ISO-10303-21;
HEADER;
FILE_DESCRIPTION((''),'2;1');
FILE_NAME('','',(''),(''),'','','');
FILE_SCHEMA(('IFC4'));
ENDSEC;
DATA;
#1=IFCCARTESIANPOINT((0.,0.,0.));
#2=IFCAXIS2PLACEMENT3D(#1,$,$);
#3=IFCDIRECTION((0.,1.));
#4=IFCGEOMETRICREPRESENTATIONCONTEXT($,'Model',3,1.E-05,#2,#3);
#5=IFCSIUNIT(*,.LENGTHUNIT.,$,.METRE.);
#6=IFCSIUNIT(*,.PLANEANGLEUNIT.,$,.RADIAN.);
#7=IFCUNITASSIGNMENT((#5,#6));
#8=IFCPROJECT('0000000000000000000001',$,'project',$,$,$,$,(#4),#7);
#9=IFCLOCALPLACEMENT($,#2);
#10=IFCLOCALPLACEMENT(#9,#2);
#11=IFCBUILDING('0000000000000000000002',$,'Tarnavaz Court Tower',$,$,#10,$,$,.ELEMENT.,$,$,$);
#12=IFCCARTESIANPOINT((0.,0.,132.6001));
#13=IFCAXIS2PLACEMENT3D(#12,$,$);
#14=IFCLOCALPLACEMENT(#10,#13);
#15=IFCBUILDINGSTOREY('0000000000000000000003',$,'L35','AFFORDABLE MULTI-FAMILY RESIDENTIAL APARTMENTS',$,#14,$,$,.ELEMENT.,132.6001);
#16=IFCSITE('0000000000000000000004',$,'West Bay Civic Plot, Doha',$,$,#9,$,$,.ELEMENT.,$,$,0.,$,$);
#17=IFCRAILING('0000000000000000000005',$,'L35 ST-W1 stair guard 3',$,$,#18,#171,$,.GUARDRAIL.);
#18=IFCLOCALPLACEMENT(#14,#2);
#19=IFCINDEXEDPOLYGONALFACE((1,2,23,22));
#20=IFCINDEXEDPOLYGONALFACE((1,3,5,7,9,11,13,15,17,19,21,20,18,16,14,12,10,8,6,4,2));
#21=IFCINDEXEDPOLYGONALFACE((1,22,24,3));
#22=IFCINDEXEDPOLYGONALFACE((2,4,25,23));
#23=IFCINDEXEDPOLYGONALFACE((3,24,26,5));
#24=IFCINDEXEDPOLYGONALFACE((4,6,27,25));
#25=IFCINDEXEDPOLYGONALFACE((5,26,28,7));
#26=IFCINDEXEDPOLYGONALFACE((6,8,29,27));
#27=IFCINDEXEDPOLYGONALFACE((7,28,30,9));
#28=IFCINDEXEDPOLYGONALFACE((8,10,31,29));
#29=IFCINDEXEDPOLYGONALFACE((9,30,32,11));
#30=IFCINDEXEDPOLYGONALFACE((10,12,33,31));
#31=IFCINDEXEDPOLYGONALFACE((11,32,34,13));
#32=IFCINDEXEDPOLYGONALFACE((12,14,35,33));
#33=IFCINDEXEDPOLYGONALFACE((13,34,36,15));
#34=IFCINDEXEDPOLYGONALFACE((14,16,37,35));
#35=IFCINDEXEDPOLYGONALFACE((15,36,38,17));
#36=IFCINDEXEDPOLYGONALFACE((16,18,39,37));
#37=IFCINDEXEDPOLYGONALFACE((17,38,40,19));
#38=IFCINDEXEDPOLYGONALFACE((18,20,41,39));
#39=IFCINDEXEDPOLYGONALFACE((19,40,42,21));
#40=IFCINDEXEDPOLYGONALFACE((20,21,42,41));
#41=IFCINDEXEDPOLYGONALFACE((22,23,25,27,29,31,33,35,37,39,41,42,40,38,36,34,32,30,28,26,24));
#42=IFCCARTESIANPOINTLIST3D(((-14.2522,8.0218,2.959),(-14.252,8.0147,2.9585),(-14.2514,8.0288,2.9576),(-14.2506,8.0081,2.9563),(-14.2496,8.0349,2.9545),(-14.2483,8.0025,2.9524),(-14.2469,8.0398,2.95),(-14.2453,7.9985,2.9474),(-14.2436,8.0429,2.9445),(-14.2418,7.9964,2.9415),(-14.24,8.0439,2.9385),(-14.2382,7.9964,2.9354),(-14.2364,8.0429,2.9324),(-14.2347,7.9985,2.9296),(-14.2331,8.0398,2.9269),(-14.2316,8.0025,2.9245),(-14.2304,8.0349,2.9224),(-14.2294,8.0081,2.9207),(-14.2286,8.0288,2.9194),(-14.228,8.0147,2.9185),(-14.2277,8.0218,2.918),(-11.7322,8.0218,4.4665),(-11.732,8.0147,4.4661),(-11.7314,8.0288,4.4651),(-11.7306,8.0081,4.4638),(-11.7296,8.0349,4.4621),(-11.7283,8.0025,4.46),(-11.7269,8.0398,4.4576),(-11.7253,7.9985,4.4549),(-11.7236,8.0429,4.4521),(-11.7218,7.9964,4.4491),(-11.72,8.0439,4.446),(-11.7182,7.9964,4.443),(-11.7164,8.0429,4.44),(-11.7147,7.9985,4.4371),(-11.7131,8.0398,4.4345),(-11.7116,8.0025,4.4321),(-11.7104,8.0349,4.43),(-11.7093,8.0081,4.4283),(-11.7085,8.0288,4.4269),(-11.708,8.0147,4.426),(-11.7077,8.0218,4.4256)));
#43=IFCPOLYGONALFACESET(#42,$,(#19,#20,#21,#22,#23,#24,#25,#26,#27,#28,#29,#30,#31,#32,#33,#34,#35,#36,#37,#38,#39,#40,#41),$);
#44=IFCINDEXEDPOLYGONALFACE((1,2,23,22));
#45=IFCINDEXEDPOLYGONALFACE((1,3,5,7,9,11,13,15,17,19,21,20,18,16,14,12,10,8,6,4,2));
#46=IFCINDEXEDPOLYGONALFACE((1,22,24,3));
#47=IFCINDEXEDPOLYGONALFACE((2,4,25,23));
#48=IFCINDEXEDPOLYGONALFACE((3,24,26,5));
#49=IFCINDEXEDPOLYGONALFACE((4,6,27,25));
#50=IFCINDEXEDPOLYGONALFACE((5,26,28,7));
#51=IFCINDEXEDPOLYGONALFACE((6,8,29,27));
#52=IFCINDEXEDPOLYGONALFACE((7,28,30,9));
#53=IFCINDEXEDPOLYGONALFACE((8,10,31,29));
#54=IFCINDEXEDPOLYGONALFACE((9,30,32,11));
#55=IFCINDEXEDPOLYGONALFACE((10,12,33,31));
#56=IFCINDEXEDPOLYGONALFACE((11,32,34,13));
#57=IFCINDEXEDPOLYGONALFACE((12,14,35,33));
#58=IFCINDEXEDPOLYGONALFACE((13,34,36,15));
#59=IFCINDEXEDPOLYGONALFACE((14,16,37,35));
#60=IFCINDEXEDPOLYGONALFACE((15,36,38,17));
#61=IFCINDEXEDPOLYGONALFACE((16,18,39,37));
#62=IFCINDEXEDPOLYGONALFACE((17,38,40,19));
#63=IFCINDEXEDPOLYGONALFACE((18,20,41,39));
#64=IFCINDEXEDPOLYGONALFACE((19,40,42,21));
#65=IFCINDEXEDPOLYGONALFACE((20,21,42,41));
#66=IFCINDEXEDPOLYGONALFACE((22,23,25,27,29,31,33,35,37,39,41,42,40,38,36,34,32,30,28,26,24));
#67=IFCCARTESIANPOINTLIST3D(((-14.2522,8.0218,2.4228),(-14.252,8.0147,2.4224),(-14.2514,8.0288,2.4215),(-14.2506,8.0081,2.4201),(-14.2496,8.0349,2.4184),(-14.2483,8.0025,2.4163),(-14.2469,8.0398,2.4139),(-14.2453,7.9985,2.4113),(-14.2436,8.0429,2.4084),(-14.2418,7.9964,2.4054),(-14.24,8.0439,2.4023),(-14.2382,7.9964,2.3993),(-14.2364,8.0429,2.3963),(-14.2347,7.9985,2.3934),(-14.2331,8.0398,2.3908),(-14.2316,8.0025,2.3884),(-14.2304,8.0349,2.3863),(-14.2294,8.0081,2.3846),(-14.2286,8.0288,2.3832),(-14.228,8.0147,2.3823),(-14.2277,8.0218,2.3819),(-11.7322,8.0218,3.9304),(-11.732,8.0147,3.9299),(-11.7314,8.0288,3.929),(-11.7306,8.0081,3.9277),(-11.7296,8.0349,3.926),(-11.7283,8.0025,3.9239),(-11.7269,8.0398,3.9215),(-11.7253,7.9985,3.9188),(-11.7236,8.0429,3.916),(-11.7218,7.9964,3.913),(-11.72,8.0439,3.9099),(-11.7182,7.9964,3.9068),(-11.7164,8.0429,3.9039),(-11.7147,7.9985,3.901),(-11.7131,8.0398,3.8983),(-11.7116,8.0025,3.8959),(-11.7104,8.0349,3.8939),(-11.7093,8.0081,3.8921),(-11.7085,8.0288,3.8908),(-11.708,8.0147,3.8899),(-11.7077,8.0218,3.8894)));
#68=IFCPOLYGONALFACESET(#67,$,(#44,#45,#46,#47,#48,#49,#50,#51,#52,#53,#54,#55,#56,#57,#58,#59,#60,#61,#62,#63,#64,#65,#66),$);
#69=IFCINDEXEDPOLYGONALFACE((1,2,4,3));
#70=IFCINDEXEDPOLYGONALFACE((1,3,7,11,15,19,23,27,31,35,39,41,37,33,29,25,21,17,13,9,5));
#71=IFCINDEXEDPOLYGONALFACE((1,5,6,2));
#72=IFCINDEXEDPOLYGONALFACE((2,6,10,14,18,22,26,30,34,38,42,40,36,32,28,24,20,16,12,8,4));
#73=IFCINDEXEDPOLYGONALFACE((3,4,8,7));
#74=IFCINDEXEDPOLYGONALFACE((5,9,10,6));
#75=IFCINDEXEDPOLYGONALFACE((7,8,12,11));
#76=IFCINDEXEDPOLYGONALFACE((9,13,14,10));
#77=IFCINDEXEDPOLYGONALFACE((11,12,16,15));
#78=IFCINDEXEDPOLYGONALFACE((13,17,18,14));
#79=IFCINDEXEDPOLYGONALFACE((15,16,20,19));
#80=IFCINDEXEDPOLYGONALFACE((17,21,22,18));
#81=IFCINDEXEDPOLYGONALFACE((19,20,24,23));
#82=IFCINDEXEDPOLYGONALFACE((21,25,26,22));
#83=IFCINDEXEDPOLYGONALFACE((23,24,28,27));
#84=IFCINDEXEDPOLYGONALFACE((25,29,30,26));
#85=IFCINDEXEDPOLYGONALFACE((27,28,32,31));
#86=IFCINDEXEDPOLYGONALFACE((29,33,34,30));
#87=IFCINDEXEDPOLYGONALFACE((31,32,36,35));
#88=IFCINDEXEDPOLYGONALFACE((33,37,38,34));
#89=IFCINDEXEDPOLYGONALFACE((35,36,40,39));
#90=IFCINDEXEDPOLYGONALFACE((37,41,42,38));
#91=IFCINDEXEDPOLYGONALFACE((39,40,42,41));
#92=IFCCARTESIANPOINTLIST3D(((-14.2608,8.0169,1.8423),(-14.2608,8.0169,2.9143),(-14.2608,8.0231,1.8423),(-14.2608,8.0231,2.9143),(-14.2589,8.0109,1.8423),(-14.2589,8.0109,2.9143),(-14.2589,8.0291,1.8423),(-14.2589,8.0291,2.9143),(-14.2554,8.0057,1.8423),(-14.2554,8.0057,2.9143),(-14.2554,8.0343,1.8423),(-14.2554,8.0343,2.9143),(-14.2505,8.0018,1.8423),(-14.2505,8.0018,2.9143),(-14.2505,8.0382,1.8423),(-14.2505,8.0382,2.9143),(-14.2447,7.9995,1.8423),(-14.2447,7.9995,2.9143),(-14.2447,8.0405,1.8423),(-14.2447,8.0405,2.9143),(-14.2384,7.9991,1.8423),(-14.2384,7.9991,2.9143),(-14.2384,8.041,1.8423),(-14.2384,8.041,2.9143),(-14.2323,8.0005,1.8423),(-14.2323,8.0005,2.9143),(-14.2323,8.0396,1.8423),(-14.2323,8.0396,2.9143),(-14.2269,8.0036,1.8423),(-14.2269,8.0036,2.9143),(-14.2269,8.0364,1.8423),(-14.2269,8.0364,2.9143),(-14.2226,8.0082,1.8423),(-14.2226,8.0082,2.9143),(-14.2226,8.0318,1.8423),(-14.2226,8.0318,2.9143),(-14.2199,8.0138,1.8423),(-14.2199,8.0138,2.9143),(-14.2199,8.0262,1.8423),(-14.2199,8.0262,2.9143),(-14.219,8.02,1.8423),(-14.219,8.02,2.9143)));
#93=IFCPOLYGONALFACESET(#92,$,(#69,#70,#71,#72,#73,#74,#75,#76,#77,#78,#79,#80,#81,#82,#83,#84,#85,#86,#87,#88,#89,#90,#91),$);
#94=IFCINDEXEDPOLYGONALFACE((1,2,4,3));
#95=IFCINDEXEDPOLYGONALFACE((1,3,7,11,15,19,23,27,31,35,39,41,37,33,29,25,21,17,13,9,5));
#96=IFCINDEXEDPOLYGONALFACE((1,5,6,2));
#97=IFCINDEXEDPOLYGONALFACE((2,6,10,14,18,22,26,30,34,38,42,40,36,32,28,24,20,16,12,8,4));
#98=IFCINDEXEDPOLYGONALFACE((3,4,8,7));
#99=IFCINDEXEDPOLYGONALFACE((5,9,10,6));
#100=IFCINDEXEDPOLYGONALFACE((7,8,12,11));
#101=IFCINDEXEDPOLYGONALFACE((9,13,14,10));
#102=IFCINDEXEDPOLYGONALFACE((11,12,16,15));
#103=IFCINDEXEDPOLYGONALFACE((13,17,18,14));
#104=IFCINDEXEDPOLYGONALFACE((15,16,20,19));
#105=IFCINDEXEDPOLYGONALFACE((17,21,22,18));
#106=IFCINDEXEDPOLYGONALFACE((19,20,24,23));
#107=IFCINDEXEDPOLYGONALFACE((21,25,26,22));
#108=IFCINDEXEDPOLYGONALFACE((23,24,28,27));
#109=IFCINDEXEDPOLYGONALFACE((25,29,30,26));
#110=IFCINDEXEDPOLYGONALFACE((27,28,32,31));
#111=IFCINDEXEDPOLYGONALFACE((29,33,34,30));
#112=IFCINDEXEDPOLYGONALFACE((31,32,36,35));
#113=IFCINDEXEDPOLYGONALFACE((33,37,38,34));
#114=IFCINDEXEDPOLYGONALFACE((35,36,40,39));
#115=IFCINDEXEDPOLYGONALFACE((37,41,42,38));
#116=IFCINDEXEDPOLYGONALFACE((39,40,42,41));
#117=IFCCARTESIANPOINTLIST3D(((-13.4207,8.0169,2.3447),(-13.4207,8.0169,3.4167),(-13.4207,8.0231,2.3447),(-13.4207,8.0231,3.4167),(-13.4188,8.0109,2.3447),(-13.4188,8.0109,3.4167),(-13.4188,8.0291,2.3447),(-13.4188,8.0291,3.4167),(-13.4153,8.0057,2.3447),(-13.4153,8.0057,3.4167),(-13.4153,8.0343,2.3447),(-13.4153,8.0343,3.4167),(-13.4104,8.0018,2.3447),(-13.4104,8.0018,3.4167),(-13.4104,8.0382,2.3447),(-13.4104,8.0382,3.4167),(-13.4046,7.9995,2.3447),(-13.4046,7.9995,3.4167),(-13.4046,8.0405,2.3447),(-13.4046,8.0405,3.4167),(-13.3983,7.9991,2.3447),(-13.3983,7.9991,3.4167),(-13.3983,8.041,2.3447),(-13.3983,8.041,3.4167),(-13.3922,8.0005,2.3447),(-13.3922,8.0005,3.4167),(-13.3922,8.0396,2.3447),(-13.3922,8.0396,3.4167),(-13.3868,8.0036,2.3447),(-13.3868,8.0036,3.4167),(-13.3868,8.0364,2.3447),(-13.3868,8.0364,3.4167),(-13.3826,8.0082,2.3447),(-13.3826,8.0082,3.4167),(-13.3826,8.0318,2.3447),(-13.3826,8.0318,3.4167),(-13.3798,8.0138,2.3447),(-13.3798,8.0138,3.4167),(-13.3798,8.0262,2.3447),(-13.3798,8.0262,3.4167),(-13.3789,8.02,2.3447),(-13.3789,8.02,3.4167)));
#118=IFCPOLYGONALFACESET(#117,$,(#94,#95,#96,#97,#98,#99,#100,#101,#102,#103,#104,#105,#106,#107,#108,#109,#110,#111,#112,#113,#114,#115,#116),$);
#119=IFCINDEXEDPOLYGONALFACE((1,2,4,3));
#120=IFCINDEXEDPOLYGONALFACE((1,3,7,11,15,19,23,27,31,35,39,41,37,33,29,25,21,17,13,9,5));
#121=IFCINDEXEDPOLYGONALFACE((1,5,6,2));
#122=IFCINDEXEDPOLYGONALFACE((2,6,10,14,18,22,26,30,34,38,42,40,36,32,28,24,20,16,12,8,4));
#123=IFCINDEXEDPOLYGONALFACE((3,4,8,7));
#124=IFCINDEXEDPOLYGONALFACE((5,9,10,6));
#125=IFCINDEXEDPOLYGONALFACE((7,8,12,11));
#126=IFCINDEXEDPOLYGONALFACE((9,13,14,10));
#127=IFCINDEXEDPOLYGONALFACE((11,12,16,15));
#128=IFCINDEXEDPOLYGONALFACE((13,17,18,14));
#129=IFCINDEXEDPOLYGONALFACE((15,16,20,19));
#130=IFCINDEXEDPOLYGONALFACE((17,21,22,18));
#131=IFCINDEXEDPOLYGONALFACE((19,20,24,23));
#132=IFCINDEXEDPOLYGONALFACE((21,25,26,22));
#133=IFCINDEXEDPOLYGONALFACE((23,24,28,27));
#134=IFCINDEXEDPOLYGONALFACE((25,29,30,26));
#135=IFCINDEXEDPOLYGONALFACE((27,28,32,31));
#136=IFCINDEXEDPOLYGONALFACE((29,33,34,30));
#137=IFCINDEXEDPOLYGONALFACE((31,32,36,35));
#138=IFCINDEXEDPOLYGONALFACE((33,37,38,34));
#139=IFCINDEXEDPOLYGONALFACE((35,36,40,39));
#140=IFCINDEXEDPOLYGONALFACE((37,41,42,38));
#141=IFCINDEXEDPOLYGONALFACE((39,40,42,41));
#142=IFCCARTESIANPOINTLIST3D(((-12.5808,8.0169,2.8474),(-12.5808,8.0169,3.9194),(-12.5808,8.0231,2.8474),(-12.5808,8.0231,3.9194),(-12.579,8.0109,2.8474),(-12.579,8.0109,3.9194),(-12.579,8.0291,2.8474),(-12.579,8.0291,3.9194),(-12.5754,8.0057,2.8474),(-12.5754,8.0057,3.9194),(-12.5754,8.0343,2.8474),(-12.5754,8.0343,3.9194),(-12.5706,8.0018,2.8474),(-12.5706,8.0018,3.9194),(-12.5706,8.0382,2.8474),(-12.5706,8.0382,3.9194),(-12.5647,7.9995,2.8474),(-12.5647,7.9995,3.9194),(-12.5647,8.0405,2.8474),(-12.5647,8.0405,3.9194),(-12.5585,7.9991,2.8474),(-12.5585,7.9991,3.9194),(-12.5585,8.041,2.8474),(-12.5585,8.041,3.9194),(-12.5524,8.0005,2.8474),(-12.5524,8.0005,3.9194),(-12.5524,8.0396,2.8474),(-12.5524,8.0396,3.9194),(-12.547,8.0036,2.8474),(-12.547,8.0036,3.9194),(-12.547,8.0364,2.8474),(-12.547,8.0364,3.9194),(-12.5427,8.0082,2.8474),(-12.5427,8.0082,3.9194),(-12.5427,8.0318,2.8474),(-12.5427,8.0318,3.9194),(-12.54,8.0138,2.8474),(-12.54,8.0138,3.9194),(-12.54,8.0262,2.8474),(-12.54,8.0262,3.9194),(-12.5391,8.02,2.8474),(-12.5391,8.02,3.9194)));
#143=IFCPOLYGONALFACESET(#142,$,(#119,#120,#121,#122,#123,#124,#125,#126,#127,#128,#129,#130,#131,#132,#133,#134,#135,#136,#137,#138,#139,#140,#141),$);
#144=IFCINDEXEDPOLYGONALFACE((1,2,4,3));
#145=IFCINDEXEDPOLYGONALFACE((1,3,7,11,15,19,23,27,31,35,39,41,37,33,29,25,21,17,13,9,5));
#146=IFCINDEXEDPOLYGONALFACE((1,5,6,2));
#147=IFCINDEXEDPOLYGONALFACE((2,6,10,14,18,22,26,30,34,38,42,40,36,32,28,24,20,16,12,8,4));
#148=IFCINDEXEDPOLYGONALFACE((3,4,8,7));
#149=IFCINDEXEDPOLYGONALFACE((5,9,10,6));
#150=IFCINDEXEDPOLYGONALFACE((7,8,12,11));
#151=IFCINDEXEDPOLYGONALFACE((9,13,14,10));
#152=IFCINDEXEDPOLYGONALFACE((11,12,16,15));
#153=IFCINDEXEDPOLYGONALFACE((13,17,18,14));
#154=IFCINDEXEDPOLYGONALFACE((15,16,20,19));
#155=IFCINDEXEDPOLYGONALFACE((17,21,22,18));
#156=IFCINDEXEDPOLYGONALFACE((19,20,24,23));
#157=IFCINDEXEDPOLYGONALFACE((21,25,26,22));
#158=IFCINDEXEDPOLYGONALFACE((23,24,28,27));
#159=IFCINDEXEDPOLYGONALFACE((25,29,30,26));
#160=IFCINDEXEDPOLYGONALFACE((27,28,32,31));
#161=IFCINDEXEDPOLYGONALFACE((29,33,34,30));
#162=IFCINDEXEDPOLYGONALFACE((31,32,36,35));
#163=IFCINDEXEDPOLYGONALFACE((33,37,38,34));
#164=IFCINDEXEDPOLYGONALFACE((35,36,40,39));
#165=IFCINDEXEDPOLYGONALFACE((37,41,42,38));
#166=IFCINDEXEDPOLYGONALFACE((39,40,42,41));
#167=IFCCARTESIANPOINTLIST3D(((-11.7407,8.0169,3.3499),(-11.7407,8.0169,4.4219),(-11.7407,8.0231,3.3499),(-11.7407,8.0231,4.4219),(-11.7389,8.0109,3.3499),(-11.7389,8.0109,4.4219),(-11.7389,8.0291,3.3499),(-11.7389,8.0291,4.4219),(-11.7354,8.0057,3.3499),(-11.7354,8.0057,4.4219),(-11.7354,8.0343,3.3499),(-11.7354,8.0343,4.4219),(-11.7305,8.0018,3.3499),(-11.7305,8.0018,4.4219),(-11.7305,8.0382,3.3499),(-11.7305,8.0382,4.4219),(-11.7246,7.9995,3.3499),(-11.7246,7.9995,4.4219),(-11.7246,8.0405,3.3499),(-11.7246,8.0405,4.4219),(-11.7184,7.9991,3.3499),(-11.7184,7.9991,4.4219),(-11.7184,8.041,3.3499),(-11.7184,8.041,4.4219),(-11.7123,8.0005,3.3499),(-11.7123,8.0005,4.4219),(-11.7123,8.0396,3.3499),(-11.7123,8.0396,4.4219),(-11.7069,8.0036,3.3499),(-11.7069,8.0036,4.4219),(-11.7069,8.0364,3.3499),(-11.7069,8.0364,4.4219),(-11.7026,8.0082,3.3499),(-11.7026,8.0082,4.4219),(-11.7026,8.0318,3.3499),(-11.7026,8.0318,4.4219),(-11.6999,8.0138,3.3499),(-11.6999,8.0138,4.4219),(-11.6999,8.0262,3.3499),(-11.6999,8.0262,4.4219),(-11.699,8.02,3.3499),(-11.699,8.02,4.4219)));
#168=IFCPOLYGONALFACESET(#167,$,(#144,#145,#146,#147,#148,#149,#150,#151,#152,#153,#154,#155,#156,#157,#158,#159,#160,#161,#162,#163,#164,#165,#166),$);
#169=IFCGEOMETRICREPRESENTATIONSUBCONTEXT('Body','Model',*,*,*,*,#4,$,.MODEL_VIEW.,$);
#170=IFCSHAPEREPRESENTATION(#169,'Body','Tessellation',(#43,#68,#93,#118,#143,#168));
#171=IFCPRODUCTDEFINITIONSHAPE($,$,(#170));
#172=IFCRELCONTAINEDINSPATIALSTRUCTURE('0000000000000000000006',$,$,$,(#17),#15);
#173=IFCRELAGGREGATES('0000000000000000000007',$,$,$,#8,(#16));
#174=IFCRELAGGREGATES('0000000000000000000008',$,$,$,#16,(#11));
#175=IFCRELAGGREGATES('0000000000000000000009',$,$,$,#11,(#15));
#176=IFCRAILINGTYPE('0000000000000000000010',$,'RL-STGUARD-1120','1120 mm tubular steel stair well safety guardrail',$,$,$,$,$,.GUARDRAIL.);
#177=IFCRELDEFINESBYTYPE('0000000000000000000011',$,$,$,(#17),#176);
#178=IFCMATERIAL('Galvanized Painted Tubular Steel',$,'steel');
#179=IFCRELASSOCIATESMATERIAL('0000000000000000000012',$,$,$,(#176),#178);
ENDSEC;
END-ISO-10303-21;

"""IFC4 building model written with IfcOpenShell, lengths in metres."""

from ifc_helpers import new_model, si_unit, direction, frame, origin, origin_2d, place, context, subcontext, project, spatial, circle, extrude, material, type_object, element, save


model = new_model("IFC4")

# Units and contexts
model_context = context("Model", 3, precision=1e-05, world=origin(), true_north=direction((0.0, 1.0)))
body_context = subcontext(model_context, "Body", "Model", "MODEL_VIEW")
ifc_project = project(units=[si_unit("LENGTHUNIT", "METRE"), si_unit("PLANEANGLEUNIT", "RADIAN")], contexts=[model_context])

# Site, building, storey
site_placement = place(None, origin())
site = spatial("IfcSite", under=ifc_project, at=site_placement, Name="West Bay Civic Plot, Doha", CompositionType="ELEMENT", RefElevation=0.0)
building_placement = place(site_placement, origin())
building = spatial("IfcBuilding", under=site, at=building_placement, Name="Tarnavaz Court Tower", CompositionType="ELEMENT")
storey_placement = place(building_placement, frame((0.0, 0.0, 132.6001)))
storey = spatial("IfcBuildingStorey", under=building, at=storey_placement, Name="L35", Description="AFFORDABLE MULTI-FAMILY RESIDENTIAL APARTMENTS", CompositionType="ELEMENT", Elevation=132.6001)

# Railing
ifc_material_1 = material(Name="Galvanized Painted Tubular Steel", Category="steel")
railing_type_1 = type_object("IfcRailingType", Name="RL-STGUARD-1120", Description="1120 mm tubular steel stair well safety guardrail", PredefinedType="GUARDRAIL", material=ifc_material_1)
railing_1_placement = place(storey_placement, frame((-14.24, 8.02, 1.8423)))
element("IfcRailing", 1, at=railing_1_placement, inside=storey, type_object=railing_type_1, Name="L35 ST-W1 stair guard 3", PredefinedType="GUARDRAIL", context=body_context, shape_type="SweptSolid", body=[
    extrude(circle(Radius=0.0239, at=origin_2d()), frame((0.0, 0.0, 1.0962), z_axis=(0.85816, 0.0, 0.513383), x_axis=(0.0, 1.0, 0.0)), (0.0, 0.0, 1.0), 2.9365),
    extrude(circle(Radius=0.0239, at=origin_2d()), frame((0.0, 0.0, 0.5601), z_axis=(0.85816, 0.0, 0.513383), x_axis=(0.0, 1.0, 0.0)), (0.0, 0.0, 1.0), 2.9365),
    extrude(circle(Radius=0.021, at=origin_2d()), origin(), (0.0, 0.0, 1.0), 1.072),
    extrude(circle(Radius=0.021, at=origin_2d()), frame((0.8401, 0.0, 0.5024)), (0.0, 0.0, 1.0), 1.072),
    extrude(circle(Radius=0.021, at=origin_2d()), frame((1.6799, 0.0, 1.0051)), (0.0, 0.0, 1.0), 1.072),
    extrude(circle(Radius=0.021, at=origin_2d()), frame((2.52, 0.0, 1.5076)), (0.0, 0.0, 1.0), 1.072),
])

save(model, "model.ifc")
